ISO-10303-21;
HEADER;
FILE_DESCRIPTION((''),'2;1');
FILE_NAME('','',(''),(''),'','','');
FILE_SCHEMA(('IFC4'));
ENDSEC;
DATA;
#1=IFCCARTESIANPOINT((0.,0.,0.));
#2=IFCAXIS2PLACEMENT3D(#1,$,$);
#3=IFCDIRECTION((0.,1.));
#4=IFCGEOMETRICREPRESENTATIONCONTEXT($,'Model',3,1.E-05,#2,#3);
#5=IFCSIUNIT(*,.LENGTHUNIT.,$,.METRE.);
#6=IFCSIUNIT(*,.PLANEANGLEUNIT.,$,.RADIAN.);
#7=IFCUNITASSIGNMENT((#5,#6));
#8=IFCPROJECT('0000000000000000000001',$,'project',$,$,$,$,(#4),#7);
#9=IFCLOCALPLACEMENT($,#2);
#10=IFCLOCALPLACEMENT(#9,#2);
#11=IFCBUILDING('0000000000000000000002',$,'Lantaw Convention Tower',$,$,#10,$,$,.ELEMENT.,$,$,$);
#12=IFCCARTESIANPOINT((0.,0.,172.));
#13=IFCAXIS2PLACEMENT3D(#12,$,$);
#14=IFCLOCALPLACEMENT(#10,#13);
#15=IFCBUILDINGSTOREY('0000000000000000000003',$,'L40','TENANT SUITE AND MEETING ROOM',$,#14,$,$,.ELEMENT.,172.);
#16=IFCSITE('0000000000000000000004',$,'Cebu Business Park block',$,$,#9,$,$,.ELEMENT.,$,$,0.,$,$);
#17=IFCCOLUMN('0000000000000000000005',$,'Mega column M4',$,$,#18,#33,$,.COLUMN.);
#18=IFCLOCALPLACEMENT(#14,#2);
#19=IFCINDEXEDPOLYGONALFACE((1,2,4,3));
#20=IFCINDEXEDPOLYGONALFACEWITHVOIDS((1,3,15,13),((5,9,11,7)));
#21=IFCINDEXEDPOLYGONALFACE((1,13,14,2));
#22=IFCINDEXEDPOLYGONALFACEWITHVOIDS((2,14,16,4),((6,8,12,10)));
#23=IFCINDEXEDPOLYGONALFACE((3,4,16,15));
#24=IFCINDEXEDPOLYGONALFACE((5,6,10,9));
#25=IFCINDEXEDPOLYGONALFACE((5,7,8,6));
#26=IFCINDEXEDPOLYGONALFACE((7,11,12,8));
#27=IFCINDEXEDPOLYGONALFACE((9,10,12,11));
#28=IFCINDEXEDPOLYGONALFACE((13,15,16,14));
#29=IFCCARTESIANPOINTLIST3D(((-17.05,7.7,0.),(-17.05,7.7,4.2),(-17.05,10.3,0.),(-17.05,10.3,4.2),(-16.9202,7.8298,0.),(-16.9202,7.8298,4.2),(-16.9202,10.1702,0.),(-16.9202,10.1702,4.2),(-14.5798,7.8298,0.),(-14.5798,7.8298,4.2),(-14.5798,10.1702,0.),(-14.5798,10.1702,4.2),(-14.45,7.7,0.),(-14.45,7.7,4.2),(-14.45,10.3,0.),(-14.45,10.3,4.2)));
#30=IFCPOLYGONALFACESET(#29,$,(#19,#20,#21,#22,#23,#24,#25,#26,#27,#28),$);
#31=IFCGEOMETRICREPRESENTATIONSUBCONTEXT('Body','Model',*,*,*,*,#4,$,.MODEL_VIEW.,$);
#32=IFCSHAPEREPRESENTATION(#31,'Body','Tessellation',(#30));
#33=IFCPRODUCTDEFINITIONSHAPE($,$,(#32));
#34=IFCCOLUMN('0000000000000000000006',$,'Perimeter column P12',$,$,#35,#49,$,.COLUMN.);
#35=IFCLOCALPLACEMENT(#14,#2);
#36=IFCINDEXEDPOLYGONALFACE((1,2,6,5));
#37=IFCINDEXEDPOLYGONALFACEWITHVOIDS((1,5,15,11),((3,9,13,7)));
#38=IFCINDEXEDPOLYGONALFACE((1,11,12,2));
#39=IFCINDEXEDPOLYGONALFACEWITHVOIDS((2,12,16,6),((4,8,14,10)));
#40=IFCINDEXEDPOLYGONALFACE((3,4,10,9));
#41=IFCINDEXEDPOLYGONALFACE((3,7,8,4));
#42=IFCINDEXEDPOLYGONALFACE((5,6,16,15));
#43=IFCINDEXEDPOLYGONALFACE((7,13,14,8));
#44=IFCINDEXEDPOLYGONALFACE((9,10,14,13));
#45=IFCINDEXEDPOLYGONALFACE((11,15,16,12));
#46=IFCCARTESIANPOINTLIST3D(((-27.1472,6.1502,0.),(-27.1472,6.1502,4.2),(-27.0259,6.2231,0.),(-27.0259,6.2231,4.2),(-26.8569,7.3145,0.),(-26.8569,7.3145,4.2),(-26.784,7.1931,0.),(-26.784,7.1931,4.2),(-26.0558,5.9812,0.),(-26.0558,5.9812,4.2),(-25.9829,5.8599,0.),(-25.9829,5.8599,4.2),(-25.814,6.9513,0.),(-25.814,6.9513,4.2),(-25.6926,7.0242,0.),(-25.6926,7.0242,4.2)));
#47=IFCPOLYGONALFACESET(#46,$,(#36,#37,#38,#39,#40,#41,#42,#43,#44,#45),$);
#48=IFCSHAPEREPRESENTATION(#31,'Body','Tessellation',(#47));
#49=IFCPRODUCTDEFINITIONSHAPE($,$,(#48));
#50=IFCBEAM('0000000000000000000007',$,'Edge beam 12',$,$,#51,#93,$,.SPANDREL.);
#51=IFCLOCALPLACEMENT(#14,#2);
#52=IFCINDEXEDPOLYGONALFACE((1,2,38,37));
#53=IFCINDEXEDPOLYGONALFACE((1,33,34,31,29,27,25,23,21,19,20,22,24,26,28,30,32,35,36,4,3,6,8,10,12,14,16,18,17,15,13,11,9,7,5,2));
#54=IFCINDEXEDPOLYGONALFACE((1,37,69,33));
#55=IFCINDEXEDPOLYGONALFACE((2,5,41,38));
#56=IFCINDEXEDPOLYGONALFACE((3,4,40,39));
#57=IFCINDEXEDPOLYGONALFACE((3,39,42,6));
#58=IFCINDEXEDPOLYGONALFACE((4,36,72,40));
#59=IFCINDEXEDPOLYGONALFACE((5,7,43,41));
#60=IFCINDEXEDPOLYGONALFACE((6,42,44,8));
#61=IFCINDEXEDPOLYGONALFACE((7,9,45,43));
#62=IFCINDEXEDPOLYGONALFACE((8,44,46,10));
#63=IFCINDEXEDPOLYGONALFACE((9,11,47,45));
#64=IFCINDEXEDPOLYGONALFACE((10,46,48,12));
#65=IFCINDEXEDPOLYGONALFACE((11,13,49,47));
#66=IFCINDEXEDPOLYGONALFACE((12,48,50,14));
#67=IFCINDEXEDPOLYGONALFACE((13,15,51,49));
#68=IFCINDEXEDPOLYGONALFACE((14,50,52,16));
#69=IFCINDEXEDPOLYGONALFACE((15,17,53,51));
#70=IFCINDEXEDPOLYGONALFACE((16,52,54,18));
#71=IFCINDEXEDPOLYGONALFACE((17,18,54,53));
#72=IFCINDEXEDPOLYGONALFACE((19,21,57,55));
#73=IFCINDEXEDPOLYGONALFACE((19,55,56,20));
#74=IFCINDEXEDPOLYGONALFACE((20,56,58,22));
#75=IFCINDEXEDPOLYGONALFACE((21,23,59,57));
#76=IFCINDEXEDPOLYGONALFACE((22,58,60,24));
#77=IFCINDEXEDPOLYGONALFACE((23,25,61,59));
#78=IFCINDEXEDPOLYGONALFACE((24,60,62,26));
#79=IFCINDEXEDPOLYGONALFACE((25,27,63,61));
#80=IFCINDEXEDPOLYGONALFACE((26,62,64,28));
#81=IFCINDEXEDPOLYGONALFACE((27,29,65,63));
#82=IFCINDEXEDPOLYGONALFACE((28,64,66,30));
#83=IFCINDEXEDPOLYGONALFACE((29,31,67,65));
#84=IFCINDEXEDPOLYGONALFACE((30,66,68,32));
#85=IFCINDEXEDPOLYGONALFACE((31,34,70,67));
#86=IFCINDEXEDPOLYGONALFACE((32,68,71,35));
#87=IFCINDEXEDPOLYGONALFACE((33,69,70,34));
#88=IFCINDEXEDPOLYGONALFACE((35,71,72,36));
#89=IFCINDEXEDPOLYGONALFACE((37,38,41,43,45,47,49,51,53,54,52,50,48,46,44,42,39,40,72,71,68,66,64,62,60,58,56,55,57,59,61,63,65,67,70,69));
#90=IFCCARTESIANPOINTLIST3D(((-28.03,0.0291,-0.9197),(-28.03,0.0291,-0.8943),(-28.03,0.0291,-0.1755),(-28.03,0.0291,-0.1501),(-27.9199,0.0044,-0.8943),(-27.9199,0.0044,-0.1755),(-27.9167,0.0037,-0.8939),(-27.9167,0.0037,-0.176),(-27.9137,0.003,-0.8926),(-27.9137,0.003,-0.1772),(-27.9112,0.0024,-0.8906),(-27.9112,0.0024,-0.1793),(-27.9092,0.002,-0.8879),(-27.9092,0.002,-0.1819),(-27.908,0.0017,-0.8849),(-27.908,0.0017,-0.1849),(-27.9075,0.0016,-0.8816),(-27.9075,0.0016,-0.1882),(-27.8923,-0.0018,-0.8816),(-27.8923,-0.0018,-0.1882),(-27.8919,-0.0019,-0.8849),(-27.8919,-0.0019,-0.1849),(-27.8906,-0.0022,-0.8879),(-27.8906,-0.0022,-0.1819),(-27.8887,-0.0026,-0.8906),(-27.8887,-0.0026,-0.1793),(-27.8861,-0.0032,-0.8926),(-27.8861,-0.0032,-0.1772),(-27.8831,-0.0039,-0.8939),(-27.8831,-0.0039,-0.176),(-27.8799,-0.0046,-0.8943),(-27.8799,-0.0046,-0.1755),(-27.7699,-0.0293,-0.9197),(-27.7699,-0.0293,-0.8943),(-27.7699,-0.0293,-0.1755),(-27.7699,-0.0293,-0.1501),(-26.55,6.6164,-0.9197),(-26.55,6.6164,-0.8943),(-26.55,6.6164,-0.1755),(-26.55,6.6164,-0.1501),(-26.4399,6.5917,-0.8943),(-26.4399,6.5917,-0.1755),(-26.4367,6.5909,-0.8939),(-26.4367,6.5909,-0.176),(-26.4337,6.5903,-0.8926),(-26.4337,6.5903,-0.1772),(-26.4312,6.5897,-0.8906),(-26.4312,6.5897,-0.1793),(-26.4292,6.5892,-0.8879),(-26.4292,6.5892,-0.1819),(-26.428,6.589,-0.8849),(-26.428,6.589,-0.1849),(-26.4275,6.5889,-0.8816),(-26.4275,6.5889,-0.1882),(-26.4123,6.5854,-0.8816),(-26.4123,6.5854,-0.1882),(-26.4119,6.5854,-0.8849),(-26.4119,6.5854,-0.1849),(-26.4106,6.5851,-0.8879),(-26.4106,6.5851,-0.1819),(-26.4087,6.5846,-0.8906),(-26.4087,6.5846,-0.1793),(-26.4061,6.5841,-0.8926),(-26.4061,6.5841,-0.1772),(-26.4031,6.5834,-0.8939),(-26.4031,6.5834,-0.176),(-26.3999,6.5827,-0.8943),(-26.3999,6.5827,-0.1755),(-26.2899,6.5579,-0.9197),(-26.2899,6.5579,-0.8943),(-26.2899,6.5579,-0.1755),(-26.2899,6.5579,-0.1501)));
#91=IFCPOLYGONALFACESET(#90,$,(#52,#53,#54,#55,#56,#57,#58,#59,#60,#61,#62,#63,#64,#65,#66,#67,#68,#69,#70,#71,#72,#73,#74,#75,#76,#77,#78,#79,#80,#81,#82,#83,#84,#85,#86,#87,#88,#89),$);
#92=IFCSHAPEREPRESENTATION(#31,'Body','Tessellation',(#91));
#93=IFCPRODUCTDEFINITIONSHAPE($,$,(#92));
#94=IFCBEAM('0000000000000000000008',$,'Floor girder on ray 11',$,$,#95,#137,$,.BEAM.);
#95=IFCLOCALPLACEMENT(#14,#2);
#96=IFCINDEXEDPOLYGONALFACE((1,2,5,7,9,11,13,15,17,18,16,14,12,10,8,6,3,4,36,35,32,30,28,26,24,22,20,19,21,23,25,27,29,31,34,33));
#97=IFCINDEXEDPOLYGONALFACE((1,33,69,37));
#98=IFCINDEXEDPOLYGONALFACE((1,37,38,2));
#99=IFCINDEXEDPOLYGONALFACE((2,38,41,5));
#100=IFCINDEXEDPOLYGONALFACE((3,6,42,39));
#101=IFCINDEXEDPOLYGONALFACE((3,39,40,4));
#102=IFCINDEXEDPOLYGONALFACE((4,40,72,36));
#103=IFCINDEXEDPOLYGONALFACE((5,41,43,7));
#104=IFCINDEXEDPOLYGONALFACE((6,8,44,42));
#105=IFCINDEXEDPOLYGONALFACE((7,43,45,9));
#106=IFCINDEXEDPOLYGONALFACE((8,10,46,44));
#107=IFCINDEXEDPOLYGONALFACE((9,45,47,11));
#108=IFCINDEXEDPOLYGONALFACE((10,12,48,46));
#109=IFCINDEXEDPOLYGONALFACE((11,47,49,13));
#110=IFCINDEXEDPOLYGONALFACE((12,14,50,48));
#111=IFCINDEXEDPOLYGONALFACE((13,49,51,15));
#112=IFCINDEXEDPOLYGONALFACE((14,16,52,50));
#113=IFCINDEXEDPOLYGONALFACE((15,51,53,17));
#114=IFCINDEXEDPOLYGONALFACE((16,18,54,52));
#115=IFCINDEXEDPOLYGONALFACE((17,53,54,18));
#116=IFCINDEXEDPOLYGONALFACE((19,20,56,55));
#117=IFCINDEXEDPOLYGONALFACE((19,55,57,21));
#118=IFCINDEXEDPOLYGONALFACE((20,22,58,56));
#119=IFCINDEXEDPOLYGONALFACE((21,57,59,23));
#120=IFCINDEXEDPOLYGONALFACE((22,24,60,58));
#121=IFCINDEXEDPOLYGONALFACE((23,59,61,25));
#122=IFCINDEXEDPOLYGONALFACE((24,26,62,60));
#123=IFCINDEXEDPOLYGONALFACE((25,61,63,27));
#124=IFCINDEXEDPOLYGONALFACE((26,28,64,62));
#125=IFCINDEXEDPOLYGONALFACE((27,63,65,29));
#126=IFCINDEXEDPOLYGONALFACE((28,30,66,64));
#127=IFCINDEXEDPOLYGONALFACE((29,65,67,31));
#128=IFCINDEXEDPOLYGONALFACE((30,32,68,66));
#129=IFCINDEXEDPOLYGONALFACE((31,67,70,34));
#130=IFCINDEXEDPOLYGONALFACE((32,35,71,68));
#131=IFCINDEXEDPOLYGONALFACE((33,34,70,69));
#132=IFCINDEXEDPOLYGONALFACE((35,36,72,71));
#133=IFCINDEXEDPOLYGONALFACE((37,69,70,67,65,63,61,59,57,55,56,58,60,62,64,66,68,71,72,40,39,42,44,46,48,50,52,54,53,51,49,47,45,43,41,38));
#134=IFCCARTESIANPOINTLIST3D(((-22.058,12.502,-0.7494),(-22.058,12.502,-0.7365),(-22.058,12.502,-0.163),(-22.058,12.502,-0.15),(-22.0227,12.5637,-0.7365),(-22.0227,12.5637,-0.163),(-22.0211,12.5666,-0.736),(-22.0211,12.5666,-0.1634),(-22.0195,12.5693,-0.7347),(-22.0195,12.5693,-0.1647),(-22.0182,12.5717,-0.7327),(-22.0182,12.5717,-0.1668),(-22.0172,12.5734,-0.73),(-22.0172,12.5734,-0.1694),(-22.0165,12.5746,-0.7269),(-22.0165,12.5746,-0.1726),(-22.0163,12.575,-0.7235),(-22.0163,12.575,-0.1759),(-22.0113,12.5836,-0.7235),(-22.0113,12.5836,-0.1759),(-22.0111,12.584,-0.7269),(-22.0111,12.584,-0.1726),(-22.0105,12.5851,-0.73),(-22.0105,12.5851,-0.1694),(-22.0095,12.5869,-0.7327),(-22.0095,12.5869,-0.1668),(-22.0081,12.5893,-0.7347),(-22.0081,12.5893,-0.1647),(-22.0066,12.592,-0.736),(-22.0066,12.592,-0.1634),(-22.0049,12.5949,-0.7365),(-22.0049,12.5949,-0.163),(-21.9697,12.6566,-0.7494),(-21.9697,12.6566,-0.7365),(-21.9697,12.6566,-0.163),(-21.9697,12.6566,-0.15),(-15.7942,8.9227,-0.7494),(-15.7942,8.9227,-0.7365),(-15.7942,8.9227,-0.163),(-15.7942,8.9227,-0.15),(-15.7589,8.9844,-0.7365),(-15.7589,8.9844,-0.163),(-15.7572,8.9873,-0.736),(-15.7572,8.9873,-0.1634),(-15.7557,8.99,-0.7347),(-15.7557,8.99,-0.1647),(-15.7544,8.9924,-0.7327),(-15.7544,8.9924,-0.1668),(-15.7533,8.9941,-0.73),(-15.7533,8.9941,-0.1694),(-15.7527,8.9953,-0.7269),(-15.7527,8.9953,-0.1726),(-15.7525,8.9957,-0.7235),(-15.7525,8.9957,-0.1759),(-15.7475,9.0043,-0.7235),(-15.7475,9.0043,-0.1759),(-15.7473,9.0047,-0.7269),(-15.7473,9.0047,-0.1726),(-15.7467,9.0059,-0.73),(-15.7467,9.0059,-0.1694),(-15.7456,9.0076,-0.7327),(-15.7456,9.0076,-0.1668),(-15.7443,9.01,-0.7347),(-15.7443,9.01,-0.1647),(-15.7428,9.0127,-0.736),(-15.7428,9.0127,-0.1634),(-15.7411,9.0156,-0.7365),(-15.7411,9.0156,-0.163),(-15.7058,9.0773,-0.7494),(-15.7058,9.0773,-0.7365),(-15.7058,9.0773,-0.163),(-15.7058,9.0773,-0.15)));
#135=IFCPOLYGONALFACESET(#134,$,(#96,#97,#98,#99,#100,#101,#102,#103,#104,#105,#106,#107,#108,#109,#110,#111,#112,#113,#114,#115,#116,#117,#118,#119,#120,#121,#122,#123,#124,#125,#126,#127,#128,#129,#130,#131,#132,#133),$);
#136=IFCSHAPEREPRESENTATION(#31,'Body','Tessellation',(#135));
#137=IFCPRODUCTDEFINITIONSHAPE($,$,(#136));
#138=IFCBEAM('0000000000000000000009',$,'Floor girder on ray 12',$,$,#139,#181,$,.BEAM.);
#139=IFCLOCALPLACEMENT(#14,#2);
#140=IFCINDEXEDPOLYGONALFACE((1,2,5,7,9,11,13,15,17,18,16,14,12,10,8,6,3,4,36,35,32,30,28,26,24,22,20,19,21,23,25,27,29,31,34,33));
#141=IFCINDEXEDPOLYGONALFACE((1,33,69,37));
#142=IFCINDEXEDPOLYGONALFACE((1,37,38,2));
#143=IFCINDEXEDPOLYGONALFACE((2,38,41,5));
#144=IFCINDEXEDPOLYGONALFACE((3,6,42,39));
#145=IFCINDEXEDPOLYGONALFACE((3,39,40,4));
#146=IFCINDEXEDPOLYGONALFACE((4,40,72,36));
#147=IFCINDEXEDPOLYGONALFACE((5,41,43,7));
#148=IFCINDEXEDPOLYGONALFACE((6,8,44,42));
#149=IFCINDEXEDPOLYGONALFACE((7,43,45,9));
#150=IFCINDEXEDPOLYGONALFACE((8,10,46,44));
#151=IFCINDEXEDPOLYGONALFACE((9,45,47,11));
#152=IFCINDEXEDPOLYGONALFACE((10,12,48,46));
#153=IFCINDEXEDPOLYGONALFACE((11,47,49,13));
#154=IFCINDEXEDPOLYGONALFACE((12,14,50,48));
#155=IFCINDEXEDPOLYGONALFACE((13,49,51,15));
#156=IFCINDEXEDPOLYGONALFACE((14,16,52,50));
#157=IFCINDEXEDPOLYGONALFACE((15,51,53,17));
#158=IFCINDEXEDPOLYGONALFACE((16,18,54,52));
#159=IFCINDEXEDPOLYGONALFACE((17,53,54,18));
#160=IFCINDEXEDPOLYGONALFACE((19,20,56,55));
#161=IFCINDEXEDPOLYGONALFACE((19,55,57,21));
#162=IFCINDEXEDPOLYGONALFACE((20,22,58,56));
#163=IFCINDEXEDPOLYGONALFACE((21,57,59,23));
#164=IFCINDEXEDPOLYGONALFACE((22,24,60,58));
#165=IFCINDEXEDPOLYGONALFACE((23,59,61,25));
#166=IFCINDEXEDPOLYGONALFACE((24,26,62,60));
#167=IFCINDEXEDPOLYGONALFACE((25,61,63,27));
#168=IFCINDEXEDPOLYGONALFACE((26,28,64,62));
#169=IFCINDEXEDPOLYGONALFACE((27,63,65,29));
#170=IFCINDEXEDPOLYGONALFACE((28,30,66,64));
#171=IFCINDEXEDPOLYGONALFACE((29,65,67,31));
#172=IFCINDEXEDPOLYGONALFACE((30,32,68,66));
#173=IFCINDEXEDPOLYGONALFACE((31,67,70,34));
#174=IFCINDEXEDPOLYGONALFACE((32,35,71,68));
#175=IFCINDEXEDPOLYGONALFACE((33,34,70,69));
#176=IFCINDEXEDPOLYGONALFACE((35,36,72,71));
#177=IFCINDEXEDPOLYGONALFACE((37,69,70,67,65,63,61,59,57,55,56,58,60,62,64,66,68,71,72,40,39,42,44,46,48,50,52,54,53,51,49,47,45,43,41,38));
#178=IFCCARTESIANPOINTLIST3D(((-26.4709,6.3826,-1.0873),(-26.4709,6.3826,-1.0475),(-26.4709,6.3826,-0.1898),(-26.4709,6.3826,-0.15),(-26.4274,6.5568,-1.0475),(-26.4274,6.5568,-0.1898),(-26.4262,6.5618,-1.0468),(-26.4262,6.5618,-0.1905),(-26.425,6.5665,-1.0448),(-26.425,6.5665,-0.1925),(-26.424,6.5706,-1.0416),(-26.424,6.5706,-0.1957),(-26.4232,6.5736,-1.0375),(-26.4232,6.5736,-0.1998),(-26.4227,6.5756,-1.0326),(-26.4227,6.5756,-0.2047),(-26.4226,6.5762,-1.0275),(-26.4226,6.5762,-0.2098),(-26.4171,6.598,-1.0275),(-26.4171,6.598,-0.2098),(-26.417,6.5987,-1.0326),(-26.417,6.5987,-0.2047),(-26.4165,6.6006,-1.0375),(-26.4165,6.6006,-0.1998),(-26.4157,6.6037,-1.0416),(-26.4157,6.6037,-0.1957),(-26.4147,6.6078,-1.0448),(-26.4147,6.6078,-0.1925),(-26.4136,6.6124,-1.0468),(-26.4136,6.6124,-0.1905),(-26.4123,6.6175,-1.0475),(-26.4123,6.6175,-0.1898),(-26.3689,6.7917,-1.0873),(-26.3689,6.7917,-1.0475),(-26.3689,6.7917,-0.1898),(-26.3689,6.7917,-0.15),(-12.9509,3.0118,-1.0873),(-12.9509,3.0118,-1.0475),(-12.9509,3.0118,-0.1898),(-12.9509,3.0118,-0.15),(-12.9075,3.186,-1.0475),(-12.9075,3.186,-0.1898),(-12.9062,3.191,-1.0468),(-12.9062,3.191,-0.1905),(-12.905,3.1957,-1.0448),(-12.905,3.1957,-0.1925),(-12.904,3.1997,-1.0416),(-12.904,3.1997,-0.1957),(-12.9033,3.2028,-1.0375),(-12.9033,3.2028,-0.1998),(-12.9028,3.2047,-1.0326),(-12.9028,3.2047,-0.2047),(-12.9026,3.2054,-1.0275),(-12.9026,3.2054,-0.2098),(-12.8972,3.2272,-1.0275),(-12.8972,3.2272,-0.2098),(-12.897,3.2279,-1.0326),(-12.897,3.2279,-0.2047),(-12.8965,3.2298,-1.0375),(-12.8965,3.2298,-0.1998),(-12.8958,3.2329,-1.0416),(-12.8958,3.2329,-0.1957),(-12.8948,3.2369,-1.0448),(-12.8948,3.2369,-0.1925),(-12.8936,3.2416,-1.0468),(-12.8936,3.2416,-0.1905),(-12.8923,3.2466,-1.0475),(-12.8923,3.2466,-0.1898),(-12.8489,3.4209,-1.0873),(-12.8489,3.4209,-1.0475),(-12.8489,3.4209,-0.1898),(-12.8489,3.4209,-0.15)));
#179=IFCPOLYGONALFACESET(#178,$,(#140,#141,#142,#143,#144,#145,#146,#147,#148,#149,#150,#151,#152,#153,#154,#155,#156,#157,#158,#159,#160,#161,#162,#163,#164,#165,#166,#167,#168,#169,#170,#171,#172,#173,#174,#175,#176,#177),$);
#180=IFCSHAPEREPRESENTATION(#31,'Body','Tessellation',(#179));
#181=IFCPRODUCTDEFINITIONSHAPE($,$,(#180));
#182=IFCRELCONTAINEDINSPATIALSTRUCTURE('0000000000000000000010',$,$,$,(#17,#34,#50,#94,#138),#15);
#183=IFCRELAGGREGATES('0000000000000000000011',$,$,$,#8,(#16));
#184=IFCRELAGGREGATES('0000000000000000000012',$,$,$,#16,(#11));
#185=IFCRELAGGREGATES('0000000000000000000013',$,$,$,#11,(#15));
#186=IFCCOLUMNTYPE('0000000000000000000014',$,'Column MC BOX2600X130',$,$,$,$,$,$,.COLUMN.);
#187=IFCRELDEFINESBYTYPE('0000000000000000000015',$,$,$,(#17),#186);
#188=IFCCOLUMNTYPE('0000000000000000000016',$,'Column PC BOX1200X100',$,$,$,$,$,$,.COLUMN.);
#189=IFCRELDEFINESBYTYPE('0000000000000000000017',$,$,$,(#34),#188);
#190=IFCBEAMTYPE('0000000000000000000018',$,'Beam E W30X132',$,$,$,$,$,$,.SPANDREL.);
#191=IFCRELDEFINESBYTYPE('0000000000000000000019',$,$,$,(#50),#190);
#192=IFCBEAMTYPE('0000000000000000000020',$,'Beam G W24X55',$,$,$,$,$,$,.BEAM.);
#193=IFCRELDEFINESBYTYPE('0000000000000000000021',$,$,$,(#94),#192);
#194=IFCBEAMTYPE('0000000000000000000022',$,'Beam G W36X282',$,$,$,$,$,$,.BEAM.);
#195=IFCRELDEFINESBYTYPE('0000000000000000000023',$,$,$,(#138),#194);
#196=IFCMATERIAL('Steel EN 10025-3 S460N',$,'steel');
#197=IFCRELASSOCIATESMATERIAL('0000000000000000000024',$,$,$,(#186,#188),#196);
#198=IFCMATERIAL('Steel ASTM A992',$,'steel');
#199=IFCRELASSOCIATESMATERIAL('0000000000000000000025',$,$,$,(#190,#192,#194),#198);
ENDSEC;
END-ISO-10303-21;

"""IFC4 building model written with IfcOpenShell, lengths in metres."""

from ifc_helpers import new_model, si_unit, direction, frame, origin, origin_2d, place, context, subcontext, project, spatial, rectangle, hollow_rectangle, i_section, extrude, material, material_profile, profile_set, type_object, element, save


model = new_model("IFC4")

# Units and contexts
model_context = context("Model", 3, precision=1e-05, world=origin(), true_north=direction((0.0, 1.0)))
body_context = subcontext(model_context, "Body", "Model", "MODEL_VIEW")
ifc_project = project(units=[si_unit("LENGTHUNIT", "METRE"), si_unit("PLANEANGLEUNIT", "RADIAN")], contexts=[model_context])

# Site, building, storey
site_placement = place(None, origin())
site = spatial("IfcSite", under=ifc_project, at=site_placement, Name="Cebu Business Park block", CompositionType="ELEMENT", RefElevation=0.0)
building_placement = place(site_placement, origin())
building = spatial("IfcBuilding", under=site, at=building_placement, Name="Lantaw Convention Tower", CompositionType="ELEMENT")
storey_placement = place(building_placement, frame((0.0, 0.0, 172.0)))
storey = spatial("IfcBuildingStorey", under=building, at=storey_placement, Name="L40", Description="TENANT SUITE AND MEETING ROOM", CompositionType="ELEMENT", Elevation=172.0)

# Columns
ifc_material_1 = material(Name="Steel EN 10025-3 S460N", Category="steel")
ifc_material_profile_1 = material_profile(ifc_material_1, hollow_rectangle(XDim=2.6001, YDim=2.6001, WallThickness=0.1299, at=origin_2d()), Name="BOX2600X130")
ifc_material_2 = material(Name="Concrete C60/75", Category="concrete")
ifc_material_profile_2 = material_profile(ifc_material_2, rectangle(XDim=2.3401, YDim=2.3401, at=origin_2d()), Name="Concrete fill of BOX2600X130")
ifc_profile_set_1 = profile_set([ifc_material_profile_1, ifc_material_profile_2], Name="Steel EN 10025-3 S460N")
column_type_1 = type_object("IfcColumnType", Name="Column MC BOX2600X130", PredefinedType="COLUMN", material=ifc_profile_set_1)
column_1_placement = place(storey_placement, frame((-15.75, 9.0, 0.0), z_axis=(0.0, 0.0, 1.0), x_axis=(1.0, 0.0, 0.0)))
element("IfcColumn", 1, at=column_1_placement, inside=storey, type_object=column_type_1, Name="Mega column M4", PredefinedType="COLUMN", context=body_context, shape_type="SweptSolid", body=[
    extrude(hollow_rectangle(XDim=2.6001, YDim=2.6001, WallThickness=0.1299, at=origin_2d()), origin(), (0.0, 0.0, 1.0), 4.2),
])
ifc_material_profile_3 = material_profile(ifc_material_1, hollow_rectangle(XDim=1.2, YDim=1.2, WallThickness=0.1001, at=origin_2d()), Name="BOX1200X100")
ifc_material_profile_4 = material_profile(ifc_material_2, rectangle(XDim=1.0, YDim=1.0, at=origin_2d()), Name="Concrete fill of BOX1200X100")
ifc_profile_set_2 = profile_set([ifc_material_profile_3, ifc_material_profile_4], Name="Steel EN 10025-3 S460N")
column_type_2 = type_object("IfcColumnType", Name="Column PC BOX1200X100", PredefinedType="COLUMN", material=ifc_profile_set_2)
column_2_placement = place(storey_placement, frame((-26.4199, 6.5872, 0.0), z_axis=(0.0, 0.0, 1.0), x_axis=(0.241922, 0.970296, 0.0)))
element("IfcColumn", 2, at=column_2_placement, inside=storey, type_object=column_type_2, Name="Perimeter column P12", PredefinedType="COLUMN", context=body_context, shape_type="SweptSolid", body=[
    extrude(hollow_rectangle(XDim=1.2, YDim=1.2, WallThickness=0.1001, at=origin_2d()), origin(), (0.0, 0.0, 1.0), 4.2),
])

# Beams
ifc_material_3 = material(Name="Steel ASTM A992", Category="steel")
ifc_material_profile_5 = material_profile(ifc_material_3, i_section(OverallWidth=0.2666, OverallDepth=0.7695, WebThickness=0.0156, FlangeThickness=0.0254, FilletRadius=0.0127, at=origin_2d()), Name="W30X132")
ifc_profile_set_3 = profile_set([ifc_material_profile_5], Name="Steel ASTM A992")
beam_type_1 = type_object("IfcBeamType", Name="Beam E W30X132", PredefinedType="SPANDREL", material=ifc_profile_set_3)
beam_1_placement = place(storey_placement, frame((-26.4199, 6.5872, -0.5349), z_axis=(-0.219212, -0.975677, 0.0), x_axis=(0.975677, -0.219212, 0.0)))
element("IfcBeam", 3, at=beam_1_placement, inside=storey, type_object=beam_type_1, Name="Edge beam 12", PredefinedType="SPANDREL", context=body_context, shape_type="SweptSolid", body=[
    extrude(i_section(OverallWidth=0.2666, OverallDepth=0.7695, WebThickness=0.0156, FlangeThickness=0.0254, FilletRadius=0.0127, at=origin_2d()), origin(), (0.0, 0.0, 1.0), 6.7515),
])
ifc_material_profile_6 = material_profile(ifc_material_3, i_section(OverallWidth=0.178, OverallDepth=0.5994, WebThickness=0.01, FlangeThickness=0.0129, FilletRadius=0.0129, at=origin_2d()), Name="W24X55")
ifc_profile_set_4 = profile_set([ifc_material_profile_6], Name="Steel ASTM A992")
beam_type_2 = type_object("IfcBeamType", Name="Beam G W24X55", PredefinedType="BEAM", material=ifc_profile_set_4)
beam_2_placement = place(storey_placement, frame((-15.75, 9.0, -0.4497), z_axis=(-0.868245, 0.496135, 0.0), x_axis=(-0.496135, -0.868245, 0.0)))
element("IfcBeam", 4, at=beam_2_placement, inside=storey, type_object=beam_type_2, Name="Floor girder on ray 11", PredefinedType="BEAM", context=body_context, shape_type="SweptSolid", body=[
    extrude(i_section(OverallWidth=0.178, OverallDepth=0.5994, WebThickness=0.01, FlangeThickness=0.0129, FilletRadius=0.0129, at=origin_2d()), origin(), (0.0, 0.0, 1.0), 7.2144),
])
ifc_material_profile_7 = material_profile(ifc_material_3, i_section(OverallWidth=0.4216, OverallDepth=0.9373, WebThickness=0.0225, FlangeThickness=0.0398, FilletRadius=0.02, at=origin_2d()), Name="W36X282")
ifc_profile_set_5 = profile_set([ifc_material_profile_7], Name="Steel ASTM A992")
beam_type_3 = type_object("IfcBeamType", Name="Beam G W36X282", PredefinedType="BEAM", material=ifc_profile_set_5)
beam_3_placement = place(storey_placement, frame((-12.8999, 3.2163, -0.6187), z_axis=(-0.970297, 0.241917, 0.0), x_axis=(-0.241917, -0.970297, 0.0)))
element("IfcBeam", 5, at=beam_3_placement, inside=storey, type_object=beam_type_3, Name="Floor girder on ray 12", PredefinedType="BEAM", context=body_context, shape_type="SweptSolid", body=[
    extrude(i_section(OverallWidth=0.4216, OverallDepth=0.9373, WebThickness=0.0225, FlangeThickness=0.0398, FilletRadius=0.02, at=origin_2d()), origin(), (0.0, 0.0, 1.0), 13.9338),
])

save(model, "model.ifc")
